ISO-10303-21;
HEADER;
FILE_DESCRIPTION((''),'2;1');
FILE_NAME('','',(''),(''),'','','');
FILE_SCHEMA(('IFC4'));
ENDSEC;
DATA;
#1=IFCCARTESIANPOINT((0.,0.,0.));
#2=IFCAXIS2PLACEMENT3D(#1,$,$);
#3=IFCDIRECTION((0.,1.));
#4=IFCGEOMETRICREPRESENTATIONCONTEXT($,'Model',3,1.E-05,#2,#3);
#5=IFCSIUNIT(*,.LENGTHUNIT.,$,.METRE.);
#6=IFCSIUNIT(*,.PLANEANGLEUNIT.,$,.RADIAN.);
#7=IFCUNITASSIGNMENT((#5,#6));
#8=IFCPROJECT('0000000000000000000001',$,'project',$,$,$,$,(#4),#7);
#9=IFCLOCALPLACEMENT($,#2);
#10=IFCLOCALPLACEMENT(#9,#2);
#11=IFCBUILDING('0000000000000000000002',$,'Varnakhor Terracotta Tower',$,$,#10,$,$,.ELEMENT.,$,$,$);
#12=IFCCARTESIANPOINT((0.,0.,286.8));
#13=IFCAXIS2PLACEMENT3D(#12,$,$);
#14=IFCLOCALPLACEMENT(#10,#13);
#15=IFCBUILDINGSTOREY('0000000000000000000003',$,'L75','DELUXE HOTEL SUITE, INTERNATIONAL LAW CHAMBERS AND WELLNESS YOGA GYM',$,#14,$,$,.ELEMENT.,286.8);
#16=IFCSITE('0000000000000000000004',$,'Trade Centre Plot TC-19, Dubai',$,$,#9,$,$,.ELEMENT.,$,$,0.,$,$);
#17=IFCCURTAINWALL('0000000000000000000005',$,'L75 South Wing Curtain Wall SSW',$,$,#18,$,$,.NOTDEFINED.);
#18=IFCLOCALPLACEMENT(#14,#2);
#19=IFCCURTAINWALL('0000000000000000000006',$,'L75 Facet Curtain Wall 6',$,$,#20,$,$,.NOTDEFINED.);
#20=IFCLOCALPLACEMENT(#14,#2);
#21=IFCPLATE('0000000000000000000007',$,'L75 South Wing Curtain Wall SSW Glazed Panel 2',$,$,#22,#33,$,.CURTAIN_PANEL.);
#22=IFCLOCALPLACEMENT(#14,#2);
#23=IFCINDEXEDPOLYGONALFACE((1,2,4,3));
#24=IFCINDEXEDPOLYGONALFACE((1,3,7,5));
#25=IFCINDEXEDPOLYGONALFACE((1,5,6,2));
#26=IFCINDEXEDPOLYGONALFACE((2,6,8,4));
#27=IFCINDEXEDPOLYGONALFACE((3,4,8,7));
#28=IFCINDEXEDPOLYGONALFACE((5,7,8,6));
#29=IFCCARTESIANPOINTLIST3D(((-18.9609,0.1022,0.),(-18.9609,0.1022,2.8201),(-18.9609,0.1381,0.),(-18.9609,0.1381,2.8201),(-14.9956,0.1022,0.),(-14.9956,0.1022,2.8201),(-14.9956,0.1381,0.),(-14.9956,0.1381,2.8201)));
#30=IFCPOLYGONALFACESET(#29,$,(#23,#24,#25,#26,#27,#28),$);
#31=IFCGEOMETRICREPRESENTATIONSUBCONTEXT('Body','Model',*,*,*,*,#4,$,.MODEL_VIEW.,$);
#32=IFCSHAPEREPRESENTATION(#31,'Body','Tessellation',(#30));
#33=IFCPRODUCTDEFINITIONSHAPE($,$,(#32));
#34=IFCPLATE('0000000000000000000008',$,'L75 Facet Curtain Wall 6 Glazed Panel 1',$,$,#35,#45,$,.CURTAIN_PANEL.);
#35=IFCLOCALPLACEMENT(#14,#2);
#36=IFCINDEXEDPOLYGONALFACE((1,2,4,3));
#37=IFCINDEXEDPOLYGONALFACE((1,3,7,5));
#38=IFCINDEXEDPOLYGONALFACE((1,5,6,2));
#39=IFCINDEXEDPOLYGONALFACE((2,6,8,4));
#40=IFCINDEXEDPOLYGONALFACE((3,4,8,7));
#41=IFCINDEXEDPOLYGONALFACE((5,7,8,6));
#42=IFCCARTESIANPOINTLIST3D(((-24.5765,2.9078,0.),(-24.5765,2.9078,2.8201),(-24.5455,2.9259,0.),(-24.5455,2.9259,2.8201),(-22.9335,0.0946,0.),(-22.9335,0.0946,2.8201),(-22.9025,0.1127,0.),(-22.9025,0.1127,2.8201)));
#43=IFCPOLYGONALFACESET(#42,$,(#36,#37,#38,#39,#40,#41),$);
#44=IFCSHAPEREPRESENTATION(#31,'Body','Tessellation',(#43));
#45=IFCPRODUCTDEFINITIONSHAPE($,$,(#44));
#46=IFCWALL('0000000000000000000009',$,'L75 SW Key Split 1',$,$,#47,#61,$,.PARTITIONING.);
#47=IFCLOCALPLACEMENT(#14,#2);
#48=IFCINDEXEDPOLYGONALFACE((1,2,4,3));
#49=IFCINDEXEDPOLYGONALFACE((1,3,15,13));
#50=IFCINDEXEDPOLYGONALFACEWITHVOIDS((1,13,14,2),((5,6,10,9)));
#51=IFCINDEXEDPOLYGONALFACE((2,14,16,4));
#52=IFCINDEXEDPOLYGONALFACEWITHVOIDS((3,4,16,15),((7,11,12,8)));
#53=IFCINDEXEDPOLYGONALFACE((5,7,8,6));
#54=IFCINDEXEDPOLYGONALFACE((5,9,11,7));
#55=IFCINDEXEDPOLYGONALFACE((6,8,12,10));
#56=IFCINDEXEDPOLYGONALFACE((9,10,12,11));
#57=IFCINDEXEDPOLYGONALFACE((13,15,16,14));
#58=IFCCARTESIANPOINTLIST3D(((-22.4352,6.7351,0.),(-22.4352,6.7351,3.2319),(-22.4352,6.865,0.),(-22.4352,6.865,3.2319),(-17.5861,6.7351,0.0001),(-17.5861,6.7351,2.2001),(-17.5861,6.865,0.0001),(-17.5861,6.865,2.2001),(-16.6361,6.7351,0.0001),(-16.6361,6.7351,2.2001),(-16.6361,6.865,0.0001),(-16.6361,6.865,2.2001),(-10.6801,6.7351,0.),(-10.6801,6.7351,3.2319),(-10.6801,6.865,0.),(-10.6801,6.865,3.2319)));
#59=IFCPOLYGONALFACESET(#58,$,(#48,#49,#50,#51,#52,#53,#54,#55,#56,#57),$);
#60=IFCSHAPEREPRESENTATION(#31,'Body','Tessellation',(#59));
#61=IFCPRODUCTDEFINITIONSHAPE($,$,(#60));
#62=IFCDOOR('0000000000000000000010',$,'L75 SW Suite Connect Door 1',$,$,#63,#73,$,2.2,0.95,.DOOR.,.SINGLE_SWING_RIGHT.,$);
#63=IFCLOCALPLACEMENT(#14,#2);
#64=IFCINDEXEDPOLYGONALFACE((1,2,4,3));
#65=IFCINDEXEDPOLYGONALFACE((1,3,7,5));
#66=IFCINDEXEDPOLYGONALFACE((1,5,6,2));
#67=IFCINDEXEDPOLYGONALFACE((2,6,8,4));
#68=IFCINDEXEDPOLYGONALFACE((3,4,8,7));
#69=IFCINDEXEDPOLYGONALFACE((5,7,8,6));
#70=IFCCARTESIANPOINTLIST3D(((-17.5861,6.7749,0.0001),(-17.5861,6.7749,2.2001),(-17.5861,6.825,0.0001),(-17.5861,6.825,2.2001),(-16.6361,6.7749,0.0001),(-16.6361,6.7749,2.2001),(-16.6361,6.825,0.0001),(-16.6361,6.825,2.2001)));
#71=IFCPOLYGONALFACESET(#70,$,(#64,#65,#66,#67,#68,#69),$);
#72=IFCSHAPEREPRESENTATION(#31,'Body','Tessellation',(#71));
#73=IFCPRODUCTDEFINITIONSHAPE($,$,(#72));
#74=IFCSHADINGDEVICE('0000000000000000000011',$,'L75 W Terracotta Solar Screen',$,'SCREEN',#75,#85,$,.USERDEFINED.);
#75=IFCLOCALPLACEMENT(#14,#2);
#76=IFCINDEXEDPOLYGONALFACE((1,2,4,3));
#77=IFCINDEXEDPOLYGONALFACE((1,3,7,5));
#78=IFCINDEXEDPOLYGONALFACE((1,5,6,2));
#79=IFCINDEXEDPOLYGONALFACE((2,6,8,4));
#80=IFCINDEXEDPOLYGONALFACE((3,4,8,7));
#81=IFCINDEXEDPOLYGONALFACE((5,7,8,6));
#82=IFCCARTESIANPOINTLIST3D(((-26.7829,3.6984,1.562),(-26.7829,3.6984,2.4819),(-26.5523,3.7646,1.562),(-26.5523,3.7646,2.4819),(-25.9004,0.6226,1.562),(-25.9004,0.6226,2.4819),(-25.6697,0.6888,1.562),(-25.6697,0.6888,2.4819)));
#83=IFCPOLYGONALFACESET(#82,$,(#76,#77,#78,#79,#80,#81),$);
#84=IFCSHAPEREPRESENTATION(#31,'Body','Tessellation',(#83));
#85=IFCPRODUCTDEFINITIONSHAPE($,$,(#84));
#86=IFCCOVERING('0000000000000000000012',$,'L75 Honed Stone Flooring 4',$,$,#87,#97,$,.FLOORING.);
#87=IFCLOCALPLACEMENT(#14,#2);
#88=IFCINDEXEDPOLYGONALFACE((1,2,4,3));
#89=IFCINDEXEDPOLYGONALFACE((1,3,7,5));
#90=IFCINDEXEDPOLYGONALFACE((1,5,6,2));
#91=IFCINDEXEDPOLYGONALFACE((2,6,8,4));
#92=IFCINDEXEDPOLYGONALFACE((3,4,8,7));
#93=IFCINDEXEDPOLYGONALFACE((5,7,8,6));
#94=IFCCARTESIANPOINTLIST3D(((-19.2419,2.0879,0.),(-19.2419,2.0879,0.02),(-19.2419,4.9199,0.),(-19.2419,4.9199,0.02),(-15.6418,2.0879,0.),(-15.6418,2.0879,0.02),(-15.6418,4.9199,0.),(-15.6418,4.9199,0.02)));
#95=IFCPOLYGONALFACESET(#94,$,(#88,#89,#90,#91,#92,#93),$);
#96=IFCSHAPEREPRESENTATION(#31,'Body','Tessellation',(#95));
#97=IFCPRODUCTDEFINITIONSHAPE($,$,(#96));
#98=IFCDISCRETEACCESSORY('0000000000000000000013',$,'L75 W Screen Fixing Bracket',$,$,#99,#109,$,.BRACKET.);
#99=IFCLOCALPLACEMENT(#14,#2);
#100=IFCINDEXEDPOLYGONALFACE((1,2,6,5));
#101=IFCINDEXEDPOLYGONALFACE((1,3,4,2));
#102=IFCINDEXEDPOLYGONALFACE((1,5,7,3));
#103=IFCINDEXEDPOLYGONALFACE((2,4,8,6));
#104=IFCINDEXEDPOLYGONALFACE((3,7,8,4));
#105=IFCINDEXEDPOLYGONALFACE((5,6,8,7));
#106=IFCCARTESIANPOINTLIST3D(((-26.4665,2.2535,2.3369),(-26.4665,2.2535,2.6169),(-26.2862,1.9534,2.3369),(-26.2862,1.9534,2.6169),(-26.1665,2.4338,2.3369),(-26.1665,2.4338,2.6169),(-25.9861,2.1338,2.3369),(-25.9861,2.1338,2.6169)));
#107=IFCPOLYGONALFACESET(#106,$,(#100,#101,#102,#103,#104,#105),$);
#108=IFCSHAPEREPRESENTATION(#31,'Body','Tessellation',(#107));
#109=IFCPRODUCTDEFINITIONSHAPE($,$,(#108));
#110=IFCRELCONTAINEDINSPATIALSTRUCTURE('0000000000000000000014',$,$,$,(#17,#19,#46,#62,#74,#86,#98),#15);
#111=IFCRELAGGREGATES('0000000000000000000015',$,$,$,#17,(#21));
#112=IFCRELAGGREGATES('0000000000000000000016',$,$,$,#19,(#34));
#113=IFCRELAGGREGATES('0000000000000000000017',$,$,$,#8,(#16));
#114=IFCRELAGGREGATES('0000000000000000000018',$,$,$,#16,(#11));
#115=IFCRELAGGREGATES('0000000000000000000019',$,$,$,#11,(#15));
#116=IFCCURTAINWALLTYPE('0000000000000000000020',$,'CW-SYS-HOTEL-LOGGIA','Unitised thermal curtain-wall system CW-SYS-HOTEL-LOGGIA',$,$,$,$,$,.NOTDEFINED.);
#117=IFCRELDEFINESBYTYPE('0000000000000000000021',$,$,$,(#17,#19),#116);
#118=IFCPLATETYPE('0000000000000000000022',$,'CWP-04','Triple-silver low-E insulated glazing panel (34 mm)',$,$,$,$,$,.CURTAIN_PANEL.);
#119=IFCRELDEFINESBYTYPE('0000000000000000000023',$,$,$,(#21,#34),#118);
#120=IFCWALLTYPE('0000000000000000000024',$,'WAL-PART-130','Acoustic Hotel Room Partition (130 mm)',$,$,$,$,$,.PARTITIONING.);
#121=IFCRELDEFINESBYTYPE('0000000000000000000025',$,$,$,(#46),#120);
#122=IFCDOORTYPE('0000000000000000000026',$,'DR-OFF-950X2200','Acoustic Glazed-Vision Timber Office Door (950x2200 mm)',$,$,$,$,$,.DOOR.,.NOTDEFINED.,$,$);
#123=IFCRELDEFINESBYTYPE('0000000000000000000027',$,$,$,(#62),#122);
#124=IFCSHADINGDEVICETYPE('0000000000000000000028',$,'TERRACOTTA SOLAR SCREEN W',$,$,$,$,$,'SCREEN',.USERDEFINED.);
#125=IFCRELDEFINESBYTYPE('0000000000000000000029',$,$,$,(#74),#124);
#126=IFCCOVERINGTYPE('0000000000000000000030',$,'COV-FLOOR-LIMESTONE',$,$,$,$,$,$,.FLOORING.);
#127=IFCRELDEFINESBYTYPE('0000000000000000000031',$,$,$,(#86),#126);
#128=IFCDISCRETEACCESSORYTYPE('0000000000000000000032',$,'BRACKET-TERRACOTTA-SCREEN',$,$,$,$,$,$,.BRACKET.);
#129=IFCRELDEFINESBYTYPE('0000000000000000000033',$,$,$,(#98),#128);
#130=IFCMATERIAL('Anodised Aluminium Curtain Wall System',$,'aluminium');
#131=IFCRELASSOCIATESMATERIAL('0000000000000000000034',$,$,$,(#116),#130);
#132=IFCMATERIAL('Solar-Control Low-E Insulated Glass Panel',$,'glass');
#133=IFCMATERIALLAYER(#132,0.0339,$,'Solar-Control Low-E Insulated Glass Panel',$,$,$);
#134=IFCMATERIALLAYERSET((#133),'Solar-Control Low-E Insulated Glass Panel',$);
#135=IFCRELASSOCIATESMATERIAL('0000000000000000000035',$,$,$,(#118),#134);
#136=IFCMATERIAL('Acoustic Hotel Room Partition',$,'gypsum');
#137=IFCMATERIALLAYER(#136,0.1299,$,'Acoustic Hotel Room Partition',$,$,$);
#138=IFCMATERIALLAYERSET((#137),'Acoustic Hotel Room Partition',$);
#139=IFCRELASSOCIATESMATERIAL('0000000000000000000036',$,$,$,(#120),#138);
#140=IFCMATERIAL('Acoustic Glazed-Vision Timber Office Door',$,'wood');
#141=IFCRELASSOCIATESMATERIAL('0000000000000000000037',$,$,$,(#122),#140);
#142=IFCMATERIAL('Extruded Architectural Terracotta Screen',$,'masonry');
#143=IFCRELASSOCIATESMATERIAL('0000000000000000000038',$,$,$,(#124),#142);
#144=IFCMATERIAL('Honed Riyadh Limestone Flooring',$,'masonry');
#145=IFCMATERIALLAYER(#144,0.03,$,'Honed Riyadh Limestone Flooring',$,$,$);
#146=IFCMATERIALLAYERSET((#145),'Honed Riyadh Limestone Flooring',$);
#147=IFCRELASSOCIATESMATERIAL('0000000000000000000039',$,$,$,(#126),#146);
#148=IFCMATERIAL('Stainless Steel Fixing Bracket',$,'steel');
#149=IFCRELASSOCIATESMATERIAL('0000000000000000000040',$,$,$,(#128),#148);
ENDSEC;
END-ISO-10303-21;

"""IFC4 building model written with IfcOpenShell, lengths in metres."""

from ifc_helpers import new_model, si_unit, direction, frame, frame_2d, origin, origin_2d, place, context, subcontext, project, spatial, rectangle, extrude, source, transform, mapped, material, layer, layer_set, type_object, type_shapes, element, fill, aggregate, save


model = new_model("IFC4")

# Units and contexts
model_context = context("Model", 3, precision=1e-05, world=origin(), true_north=direction((0.0, 1.0)))
body_context = subcontext(model_context, "Body", "Model", "MODEL_VIEW")
ifc_project = project(units=[si_unit("LENGTHUNIT", "METRE"), si_unit("PLANEANGLEUNIT", "RADIAN")], contexts=[model_context])

# Site, building, storey
site_placement = place(None, origin())
site = spatial("IfcSite", under=ifc_project, at=site_placement, Name="Trade Centre Plot TC-19, Dubai", CompositionType="ELEMENT", RefElevation=0.0)
building_placement = place(site_placement, origin())
building = spatial("IfcBuilding", under=site, at=building_placement, Name="Varnakhor Terracotta Tower", CompositionType="ELEMENT")
storey_placement = place(building_placement, frame((0.0, 0.0, 286.8)))
storey = spatial("IfcBuildingStorey", under=building, at=storey_placement, Name="L75", Description="DELUXE HOTEL SUITE, INTERNATIONAL LAW CHAMBERS AND WELLNESS YOGA GYM", CompositionType="ELEMENT", Elevation=286.8)

# Curtain wall
ifc_material_1 = material(Name="Anodised Aluminium Curtain Wall System", Category="aluminium")
curtain_wall_type = type_object("IfcCurtainWallType", Name="CW-SYS-HOTEL-LOGGIA", Description="Unitised thermal curtain-wall system CW-SYS-HOTEL-LOGGIA", PredefinedType="NOTDEFINED", material=ifc_material_1)
curtain_wall_1_placement = place(storey_placement, origin())
curtain_wall_1 = element("IfcCurtainWall", 1, at=curtain_wall_1_placement, inside=storey, type_object=curtain_wall_type, Name="L75 South Wing Curtain Wall SSW", PredefinedType="NOTDEFINED")

# Curtain wall
curtain_wall_2_placement = place(storey_placement, origin())
curtain_wall_2 = element("IfcCurtainWall", 2, at=curtain_wall_2_placement, inside=storey, type_object=curtain_wall_type, Name="L75 Facet Curtain Wall 6", PredefinedType="NOTDEFINED")

# Plates
ifc_material_2 = material(Name="Solar-Control Low-E Insulated Glass Panel", Category="glass")
ifc_layer_1 = layer(ifc_material_2, 0.0339, Name="Solar-Control Low-E Insulated Glass Panel")
ifc_layer_set_1 = layer_set([ifc_layer_1], Name="Solar-Control Low-E Insulated Glass Panel")
plate_type = type_object("IfcPlateType", Name="CWP-04", Description="Triple-silver low-E insulated glazing panel (34 mm)", PredefinedType="CURTAIN_PANEL", material=ifc_layer_set_1)
shared_shape_1 = source(origin(), body_context, "Body", "SweptSolid", [
    extrude(rectangle(XDim=3.9653, YDim=0.0359, at=origin_2d()), origin(), (0.0, 0.0, 1.0), 2.8201),
])
plate_1_placement = place(storey_placement, frame((-16.9783, 0.1201, 0.0), z_axis=(0.0, 0.0, 1.0), x_axis=(-1.0, 0.0, 0.0)))
plate_1 = element("IfcPlate", 3, at=plate_1_placement, type_object=plate_type, Name="L75 South Wing Curtain Wall SSW Glazed Panel 2", PredefinedType="CURTAIN_PANEL", context=body_context, shape_type="MappedRepresentation", body=[
    mapped(shared_shape_1, transform((0.0, 0.0, 0.0), scale=1.0)),
])
aggregate(curtain_wall_1, [plate_1])
shared_shape_2 = source(origin(), body_context, "Body", "SweptSolid", [
    extrude(rectangle(XDim=3.2578, YDim=0.0359, at=origin_2d()), origin(), (0.0, 0.0, 1.0), 2.8201),
])
plate_2_placement = place(storey_placement, frame((-23.7395, 1.5103, 0.0), z_axis=(0.0, 0.0, 1.0), x_axis=(-0.504302, 0.863528, 0.0)))
plate_2 = element("IfcPlate", 4, at=plate_2_placement, type_object=plate_type, Name="L75 Facet Curtain Wall 6 Glazed Panel 1", PredefinedType="CURTAIN_PANEL", context=body_context, shape_type="MappedRepresentation", body=[
    mapped(shared_shape_2, transform((0.0, 0.0, 0.0), scale=1.0)),
])
aggregate(curtain_wall_2, [plate_2])

# Wall, opening, door
ifc_material_3 = material(Name="Acoustic Hotel Room Partition", Category="gypsum")
ifc_layer_2 = layer(ifc_material_3, 0.1299, Name="Acoustic Hotel Room Partition")
ifc_layer_set_2 = layer_set([ifc_layer_2], Name="Acoustic Hotel Room Partition")
wall_type = type_object("IfcWallType", Name="WAL-PART-130", Description="Acoustic Hotel Room Partition (130 mm)", PredefinedType="PARTITIONING", material=ifc_layer_set_2)
wall_placement = place(storey_placement, frame((-22.4351, 6.8, 0.0), z_axis=(0.0, 0.0, 1.0), x_axis=(1.0, 0.0, 0.0)))
wall = element("IfcWall", 5, at=wall_placement, inside=storey, type_object=wall_type, Name="L75 SW Key Split 1", PredefinedType="PARTITIONING", context=body_context, shape_type="SweptSolid", body=[
    extrude(rectangle(XDim=11.7551, YDim=0.1299, at=frame_2d((5.8774, 0.0))), origin(), (0.0, 0.0, 1.0), 3.2319),
])
opening_placement = place(wall_placement, frame((4.8489, 0.0, 0.0)))
opening = element("IfcOpeningElement", 6, at=opening_placement, cuts=wall, PredefinedType="OPENING", context=body_context, shape_type="SweptSolid", body=[
    extrude(rectangle(XDim=0.95, YDim=2.2, at=frame_2d((0.4751, 1.1001))), frame((0.0, 0.075, 0.0), z_axis=(0.0, -1.0, 0.0), x_axis=(1.0, 0.0, 0.0)), (0.0, 0.0, 1.0), 0.1499),
])
ifc_material_4 = material(Name="Acoustic Glazed-Vision Timber Office Door", Category="wood")
door_type = type_object("IfcDoorType", Name="DR-OFF-950X2200", Description="Acoustic Glazed-Vision Timber Office Door (950x2200 mm)", OperationType="NOTDEFINED", PredefinedType="DOOR", material=ifc_material_4)
shared_shape_3 = source(origin(), body_context, "Body", "SweptSolid", [
    extrude(rectangle(XDim=0.95, YDim=2.2, at=frame_2d((0.4751, 1.1001))), frame((0.0, 0.0249, 0.0), z_axis=(0.0, -1.0, 0.0), x_axis=(1.0, 0.0, 0.0)), (0.0, 0.0, 1.0), 0.05),
])
type_shapes(door_type, [shared_shape_3])
door_placement = place(opening_placement, origin())
door = element("IfcDoor", 7, at=door_placement, inside=storey, type_object=door_type, Name="L75 SW Suite Connect Door 1", OperationType="SINGLE_SWING_RIGHT", OverallHeight=2.2, OverallWidth=0.95, PredefinedType="DOOR", context=body_context, shape_type="MappedRepresentation", body=[
    mapped(shared_shape_3, transform((0.0, 0.0, 0.0), scale=1.0)),
])
fill(opening, door)

# Shading device
ifc_material_5 = material(Name="Extruded Architectural Terracotta Screen", Category="masonry")
shading_device_type = type_object("IfcShadingDeviceType", Name="TERRACOTTA SOLAR SCREEN W", ElementType="SCREEN", PredefinedType="USERDEFINED", material=ifc_material_5)
shared_shape_4 = source(origin(), body_context, "Body", "SweptSolid", [
    extrude(rectangle(XDim=3.2, YDim=0.24, at=origin_2d()), origin(), (0.0, 0.0, 1.0), 0.9199),
])
type_shapes(shading_device_type, [shared_shape_4])
shading_device_placement = place(storey_placement, frame((-26.2263, 2.1936, 1.562), z_axis=(0.0, 0.0, 1.0), x_axis=(0.275805, -0.961214, 0.0)))
element("IfcShadingDevice", 8, at=shading_device_placement, inside=storey, type_object=shading_device_type, Name="L75 W Terracotta Solar Screen", ObjectType="SCREEN", PredefinedType="USERDEFINED", context=body_context, shape_type="MappedRepresentation", body=[
    mapped(shared_shape_4, transform((0.0, 0.0, 0.0), scale=1.0)),
])

# Covering
ifc_material_6 = material(Name="Honed Riyadh Limestone Flooring", Category="masonry")
ifc_layer_3 = layer(ifc_material_6, 0.03, Name="Honed Riyadh Limestone Flooring")
ifc_layer_set_3 = layer_set([ifc_layer_3], Name="Honed Riyadh Limestone Flooring")
covering_type = type_object("IfcCoveringType", Name="COV-FLOOR-LIMESTONE", PredefinedType="FLOORING", material=ifc_layer_set_3)
shared_shape_5 = source(origin(), body_context, "Body", "SweptSolid", [
    extrude(rectangle(XDim=3.6001, YDim=2.832, at=origin_2d()), origin(), (0.0, 0.0, 1.0), 0.02),
])
covering_placement = place(storey_placement, frame((-17.4419, 3.5039, 0.0), z_axis=(0.0, 0.0, 1.0), x_axis=(1.0, 0.0, 0.0)))
element("IfcCovering", 9, at=covering_placement, inside=storey, type_object=covering_type, Name="L75 Honed Stone Flooring 4", PredefinedType="FLOORING", context=body_context, shape_type="MappedRepresentation", body=[
    mapped(shared_shape_5, transform((0.0, 0.0, 0.0), scale=1.0)),
])

# Discrete accessory
ifc_material_7 = material(Name="Stainless Steel Fixing Bracket", Category="steel")
discrete_accessory_type = type_object("IfcDiscreteAccessoryType", Name="BRACKET-TERRACOTTA-SCREEN", PredefinedType="BRACKET", material=ifc_material_7)
shared_shape_6 = source(origin(), body_context, "Body", "SweptSolid", [
    extrude(rectangle(XDim=0.3501, YDim=0.3501, at=origin_2d()), origin(), (0.0, 0.0, 1.0), 0.28),
])
type_shapes(discrete_accessory_type, [shared_shape_6])
discrete_accessory_placement = place(storey_placement, frame((-26.2263, 2.1936, 2.3369), z_axis=(0.0, 0.0, 1.0), x_axis=(0.515188, -0.857077, 0.0)))
element("IfcDiscreteAccessory", 10, at=discrete_accessory_placement, inside=storey, type_object=discrete_accessory_type, Name="L75 W Screen Fixing Bracket", PredefinedType="BRACKET", context=body_context, shape_type="MappedRepresentation", body=[
    mapped(shared_shape_6, transform((0.0, 0.0, 0.0), scale=1.0)),
])

save(model, "model.ifc")
